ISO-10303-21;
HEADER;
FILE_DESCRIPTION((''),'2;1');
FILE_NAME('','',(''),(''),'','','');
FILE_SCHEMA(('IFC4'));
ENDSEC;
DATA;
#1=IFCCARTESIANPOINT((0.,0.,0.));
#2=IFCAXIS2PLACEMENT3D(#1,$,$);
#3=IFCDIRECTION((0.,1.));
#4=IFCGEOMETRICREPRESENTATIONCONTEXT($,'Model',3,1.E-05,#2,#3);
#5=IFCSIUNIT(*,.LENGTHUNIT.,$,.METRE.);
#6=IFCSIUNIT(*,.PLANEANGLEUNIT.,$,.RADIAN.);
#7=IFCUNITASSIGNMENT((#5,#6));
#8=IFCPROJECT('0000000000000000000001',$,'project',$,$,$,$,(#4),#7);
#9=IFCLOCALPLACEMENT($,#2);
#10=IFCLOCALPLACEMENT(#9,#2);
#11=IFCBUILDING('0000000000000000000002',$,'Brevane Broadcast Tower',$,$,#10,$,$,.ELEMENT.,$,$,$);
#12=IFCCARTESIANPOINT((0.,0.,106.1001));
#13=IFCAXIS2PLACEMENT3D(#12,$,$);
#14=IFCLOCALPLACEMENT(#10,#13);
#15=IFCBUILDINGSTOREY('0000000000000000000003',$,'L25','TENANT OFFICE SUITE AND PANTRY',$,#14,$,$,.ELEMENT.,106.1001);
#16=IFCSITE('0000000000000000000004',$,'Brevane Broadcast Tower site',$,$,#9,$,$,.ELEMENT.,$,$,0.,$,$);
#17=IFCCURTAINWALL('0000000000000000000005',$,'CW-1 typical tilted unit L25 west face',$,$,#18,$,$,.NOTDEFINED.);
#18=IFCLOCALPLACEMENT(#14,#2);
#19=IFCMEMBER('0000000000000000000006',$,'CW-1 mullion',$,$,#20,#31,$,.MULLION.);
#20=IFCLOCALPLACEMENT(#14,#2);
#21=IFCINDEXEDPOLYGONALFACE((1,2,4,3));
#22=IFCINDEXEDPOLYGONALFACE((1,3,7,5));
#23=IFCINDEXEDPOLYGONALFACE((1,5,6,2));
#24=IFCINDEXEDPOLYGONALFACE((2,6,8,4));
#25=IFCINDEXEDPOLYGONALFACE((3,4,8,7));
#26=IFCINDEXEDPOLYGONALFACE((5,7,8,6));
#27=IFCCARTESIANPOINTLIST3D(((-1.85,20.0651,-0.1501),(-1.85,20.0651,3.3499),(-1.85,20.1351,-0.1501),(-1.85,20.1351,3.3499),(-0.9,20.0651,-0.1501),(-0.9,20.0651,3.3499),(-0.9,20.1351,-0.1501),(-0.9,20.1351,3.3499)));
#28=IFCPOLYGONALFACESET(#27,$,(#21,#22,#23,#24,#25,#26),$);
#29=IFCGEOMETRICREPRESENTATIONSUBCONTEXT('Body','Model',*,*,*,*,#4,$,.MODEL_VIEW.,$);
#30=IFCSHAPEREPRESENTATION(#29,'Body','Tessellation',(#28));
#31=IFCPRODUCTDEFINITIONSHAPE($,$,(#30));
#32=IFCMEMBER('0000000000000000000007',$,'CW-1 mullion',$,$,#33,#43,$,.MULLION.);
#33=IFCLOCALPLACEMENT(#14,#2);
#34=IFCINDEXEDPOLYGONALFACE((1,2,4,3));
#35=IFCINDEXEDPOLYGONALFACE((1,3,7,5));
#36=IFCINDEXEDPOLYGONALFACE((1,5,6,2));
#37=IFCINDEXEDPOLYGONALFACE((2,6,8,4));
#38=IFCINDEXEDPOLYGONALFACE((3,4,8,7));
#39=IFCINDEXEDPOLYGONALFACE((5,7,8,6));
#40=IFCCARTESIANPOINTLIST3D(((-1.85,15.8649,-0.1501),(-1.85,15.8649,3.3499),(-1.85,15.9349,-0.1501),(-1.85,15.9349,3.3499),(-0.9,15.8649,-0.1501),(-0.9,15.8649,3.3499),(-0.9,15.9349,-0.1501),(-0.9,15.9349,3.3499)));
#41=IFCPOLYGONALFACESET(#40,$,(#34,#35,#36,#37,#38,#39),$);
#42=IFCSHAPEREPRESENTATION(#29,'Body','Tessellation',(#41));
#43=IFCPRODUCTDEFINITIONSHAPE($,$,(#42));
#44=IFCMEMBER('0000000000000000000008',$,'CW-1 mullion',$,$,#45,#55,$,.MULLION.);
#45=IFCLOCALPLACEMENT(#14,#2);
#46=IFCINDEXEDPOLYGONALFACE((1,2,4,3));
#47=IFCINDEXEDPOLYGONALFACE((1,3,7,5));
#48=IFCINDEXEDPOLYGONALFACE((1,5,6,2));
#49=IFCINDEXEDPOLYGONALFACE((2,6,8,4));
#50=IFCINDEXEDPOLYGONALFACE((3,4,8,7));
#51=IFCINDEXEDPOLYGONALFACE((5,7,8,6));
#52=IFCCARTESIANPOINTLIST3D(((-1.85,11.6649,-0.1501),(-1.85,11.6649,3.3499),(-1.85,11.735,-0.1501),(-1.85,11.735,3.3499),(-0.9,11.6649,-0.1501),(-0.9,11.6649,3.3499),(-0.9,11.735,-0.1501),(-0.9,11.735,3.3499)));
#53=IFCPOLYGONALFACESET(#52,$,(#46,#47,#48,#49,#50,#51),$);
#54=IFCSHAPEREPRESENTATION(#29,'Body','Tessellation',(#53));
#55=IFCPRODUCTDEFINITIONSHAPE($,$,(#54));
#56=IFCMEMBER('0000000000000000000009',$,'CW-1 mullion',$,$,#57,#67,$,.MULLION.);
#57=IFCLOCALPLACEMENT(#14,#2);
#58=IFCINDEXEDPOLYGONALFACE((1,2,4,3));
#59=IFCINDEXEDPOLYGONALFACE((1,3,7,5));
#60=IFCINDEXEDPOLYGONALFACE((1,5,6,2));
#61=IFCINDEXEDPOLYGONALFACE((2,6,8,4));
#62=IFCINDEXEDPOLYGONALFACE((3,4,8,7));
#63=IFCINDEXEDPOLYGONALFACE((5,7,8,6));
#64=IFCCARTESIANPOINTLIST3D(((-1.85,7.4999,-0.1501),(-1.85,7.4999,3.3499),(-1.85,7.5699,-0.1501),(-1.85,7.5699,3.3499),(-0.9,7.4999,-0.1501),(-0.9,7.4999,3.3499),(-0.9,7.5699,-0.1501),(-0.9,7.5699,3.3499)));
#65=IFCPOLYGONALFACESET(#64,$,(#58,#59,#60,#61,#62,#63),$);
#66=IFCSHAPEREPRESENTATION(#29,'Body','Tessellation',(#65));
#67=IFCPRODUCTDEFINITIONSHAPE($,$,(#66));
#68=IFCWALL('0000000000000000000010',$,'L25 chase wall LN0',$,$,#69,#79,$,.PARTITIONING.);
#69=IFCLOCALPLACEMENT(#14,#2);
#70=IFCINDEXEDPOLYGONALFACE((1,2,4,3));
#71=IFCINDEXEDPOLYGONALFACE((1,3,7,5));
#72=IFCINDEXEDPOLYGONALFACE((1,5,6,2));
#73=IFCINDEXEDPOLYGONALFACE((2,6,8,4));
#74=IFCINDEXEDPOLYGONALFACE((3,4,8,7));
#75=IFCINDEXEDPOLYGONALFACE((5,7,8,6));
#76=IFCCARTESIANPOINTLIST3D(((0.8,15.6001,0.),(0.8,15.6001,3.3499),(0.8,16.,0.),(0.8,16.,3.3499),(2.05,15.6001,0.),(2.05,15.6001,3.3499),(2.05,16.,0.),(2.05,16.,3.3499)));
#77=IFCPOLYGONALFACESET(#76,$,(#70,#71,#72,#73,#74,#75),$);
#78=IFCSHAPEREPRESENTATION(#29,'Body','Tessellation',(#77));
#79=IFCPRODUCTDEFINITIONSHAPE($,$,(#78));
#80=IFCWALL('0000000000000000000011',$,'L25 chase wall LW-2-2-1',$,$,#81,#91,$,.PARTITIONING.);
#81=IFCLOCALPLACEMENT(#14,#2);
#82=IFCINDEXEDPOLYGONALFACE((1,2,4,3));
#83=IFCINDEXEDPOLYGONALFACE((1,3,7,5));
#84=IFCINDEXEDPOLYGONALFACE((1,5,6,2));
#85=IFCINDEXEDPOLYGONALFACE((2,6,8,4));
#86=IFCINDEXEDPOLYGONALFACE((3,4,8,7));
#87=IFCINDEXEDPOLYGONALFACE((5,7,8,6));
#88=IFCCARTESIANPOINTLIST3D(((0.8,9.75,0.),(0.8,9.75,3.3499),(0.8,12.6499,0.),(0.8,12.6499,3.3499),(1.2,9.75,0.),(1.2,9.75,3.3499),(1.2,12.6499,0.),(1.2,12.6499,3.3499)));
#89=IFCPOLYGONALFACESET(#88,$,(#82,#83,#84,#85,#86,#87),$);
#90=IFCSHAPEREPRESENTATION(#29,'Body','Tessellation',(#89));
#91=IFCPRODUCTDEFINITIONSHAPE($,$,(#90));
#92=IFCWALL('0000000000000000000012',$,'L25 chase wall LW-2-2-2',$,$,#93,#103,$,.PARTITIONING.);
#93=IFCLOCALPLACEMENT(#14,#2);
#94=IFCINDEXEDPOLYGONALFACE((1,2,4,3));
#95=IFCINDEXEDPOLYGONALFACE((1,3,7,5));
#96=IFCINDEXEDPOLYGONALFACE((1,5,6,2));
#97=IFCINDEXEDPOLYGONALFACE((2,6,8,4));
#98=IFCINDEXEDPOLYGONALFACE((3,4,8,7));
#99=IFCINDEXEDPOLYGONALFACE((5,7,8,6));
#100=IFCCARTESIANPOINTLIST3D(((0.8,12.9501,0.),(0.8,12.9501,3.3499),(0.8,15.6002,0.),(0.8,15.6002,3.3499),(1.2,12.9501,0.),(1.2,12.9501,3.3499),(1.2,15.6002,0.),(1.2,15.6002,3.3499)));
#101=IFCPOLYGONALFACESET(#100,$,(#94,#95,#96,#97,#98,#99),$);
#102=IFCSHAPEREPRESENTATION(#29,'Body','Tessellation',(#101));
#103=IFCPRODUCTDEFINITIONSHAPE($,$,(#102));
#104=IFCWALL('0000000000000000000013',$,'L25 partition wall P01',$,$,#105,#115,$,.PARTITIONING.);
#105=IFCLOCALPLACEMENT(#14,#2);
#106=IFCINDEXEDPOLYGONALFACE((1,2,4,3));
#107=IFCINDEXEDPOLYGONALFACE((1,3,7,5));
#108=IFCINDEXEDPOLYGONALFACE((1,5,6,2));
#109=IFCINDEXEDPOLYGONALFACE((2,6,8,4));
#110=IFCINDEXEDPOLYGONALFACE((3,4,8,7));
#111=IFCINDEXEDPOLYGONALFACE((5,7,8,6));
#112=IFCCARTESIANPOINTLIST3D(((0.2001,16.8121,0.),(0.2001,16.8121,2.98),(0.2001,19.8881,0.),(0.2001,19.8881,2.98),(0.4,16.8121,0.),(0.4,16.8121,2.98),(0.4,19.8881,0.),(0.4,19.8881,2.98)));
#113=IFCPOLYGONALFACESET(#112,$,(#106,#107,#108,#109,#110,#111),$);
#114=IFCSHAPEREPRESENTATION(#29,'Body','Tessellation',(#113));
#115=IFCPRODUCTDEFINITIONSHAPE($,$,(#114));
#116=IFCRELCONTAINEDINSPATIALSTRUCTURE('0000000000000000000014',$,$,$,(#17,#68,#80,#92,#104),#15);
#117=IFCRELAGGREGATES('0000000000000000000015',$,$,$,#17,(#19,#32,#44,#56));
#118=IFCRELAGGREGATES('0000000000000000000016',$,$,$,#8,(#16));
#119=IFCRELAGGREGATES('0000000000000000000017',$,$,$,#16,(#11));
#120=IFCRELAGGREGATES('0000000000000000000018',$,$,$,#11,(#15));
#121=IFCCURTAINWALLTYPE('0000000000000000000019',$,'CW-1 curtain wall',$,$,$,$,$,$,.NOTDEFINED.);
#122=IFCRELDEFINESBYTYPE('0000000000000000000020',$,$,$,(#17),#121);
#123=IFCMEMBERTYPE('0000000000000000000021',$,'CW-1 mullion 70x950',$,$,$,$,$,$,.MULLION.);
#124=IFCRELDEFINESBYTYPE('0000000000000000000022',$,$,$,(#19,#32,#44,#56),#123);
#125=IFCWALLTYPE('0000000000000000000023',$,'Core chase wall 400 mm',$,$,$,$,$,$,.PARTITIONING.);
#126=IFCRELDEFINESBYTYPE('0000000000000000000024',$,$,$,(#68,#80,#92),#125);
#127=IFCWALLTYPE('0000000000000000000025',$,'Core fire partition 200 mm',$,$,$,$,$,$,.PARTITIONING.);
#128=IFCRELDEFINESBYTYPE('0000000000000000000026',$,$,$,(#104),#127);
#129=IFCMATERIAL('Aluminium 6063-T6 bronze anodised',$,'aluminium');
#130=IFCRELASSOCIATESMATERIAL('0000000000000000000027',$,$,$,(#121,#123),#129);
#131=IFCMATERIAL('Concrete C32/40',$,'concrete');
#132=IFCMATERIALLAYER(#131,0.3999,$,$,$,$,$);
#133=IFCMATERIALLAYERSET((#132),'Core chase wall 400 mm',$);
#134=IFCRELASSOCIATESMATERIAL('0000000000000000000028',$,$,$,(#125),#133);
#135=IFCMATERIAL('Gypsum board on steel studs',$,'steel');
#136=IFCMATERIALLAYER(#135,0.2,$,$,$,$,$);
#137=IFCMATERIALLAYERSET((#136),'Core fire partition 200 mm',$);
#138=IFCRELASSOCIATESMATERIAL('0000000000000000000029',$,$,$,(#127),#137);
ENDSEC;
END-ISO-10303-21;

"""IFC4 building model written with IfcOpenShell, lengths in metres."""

from ifc_helpers import new_model, si_unit, direction, frame, frame_2d, origin, origin_2d, place, context, subcontext, project, spatial, rectangle, extrude, material, layer, layer_set, material_profile, profile_set, type_object, element, aggregate, save


model = new_model("IFC4")

# Units and contexts
model_context = context("Model", 3, precision=1e-05, world=origin(), true_north=direction((0.0, 1.0)))
body_context = subcontext(model_context, "Body", "Model", "MODEL_VIEW")
ifc_project = project(units=[si_unit("LENGTHUNIT", "METRE"), si_unit("PLANEANGLEUNIT", "RADIAN")], contexts=[model_context])

# Site, building, storey
site_placement = place(None, origin())
site = spatial("IfcSite", under=ifc_project, at=site_placement, Name="Brevane Broadcast Tower site", CompositionType="ELEMENT", RefElevation=0.0)
building_placement = place(site_placement, origin())
building = spatial("IfcBuilding", under=site, at=building_placement, Name="Brevane Broadcast Tower", CompositionType="ELEMENT")
storey_placement = place(building_placement, frame((0.0, 0.0, 106.1001)))
storey = spatial("IfcBuildingStorey", under=building, at=storey_placement, Name="L25", Description="TENANT OFFICE SUITE AND PANTRY", CompositionType="ELEMENT", Elevation=106.1001)

# Curtain wall, members
ifc_material_1 = material(Name="Aluminium 6063-T6 bronze anodised", Category="aluminium")
curtain_wall_type = type_object("IfcCurtainWallType", Name="CW-1 curtain wall", PredefinedType="NOTDEFINED", material=ifc_material_1)
curtain_wall_placement = place(storey_placement, origin())
curtain_wall = element("IfcCurtainWall", 1, at=curtain_wall_placement, inside=storey, type_object=curtain_wall_type, Name="CW-1 typical tilted unit L25 west face", PredefinedType="NOTDEFINED")
ifc_material_profile = material_profile(ifc_material_1, rectangle(XDim=0.95, YDim=0.0701, at=origin_2d()), Name="RECT 70x950")
ifc_profile_set = profile_set([ifc_material_profile], Name="Aluminium 6063-T6 bronze anodised")
member_type = type_object("IfcMemberType", Name="CW-1 mullion 70x950", PredefinedType="MULLION", material=ifc_profile_set)
member_1_placement = place(storey_placement, frame((-1.375, 20.1001, -0.1501), z_axis=(0.0, 0.0, 1.0), x_axis=(1.0, 0.0, 0.0)))
member_1 = element("IfcMember", 2, at=member_1_placement, type_object=member_type, Name="CW-1 mullion", PredefinedType="MULLION", context=body_context, shape_type="SweptSolid", body=[
    extrude(rectangle(XDim=0.95, YDim=0.0701, at=origin_2d()), origin(), (0.0, 0.0, 1.0), 3.5),
])
member_2_placement = place(storey_placement, frame((-1.375, 15.8999, -0.1501), z_axis=(0.0, 0.0, 1.0), x_axis=(1.0, 0.0, 0.0)))
member_2 = element("IfcMember", 3, at=member_2_placement, type_object=member_type, Name="CW-1 mullion", PredefinedType="MULLION", context=body_context, shape_type="SweptSolid", body=[
    extrude(rectangle(XDim=0.95, YDim=0.0701, at=origin_2d()), origin(), (0.0, 0.0, 1.0), 3.5),
])
member_3_placement = place(storey_placement, frame((-1.375, 11.7, -0.1501), z_axis=(0.0, 0.0, 1.0), x_axis=(1.0, 0.0, 0.0)))
member_3 = element("IfcMember", 4, at=member_3_placement, type_object=member_type, Name="CW-1 mullion", PredefinedType="MULLION", context=body_context, shape_type="SweptSolid", body=[
    extrude(rectangle(XDim=0.95, YDim=0.0701, at=origin_2d()), origin(), (0.0, 0.0, 1.0), 3.5),
])
member_4_placement = place(storey_placement, frame((-1.375, 7.5349, -0.1501), z_axis=(0.0, 0.0, 1.0), x_axis=(1.0, 0.0, 0.0)))
member_4 = element("IfcMember", 5, at=member_4_placement, type_object=member_type, Name="CW-1 mullion", PredefinedType="MULLION", context=body_context, shape_type="SweptSolid", body=[
    extrude(rectangle(XDim=0.95, YDim=0.0701, at=origin_2d()), origin(), (0.0, 0.0, 1.0), 3.5),
])
aggregate(curtain_wall, [member_1, member_2, member_3, member_4])

# Walls
ifc_material_2 = material(Name="Concrete C32/40", Category="concrete")
ifc_layer_1 = layer(ifc_material_2, 0.3999)
ifc_layer_set_1 = layer_set([ifc_layer_1], Name="Core chase wall 400 mm")
wall_type_1 = type_object("IfcWallType", Name="Core chase wall 400 mm", PredefinedType="PARTITIONING", material=ifc_layer_set_1)
wall_1_placement = place(storey_placement, frame((0.8, 15.8, 0.0), z_axis=(0.0, 0.0, 1.0), x_axis=(1.0, 0.0, 0.0)))
element("IfcWall", 6, at=wall_1_placement, inside=storey, type_object=wall_type_1, Name="L25 chase wall LN0", PredefinedType="PARTITIONING", context=body_context, shape_type="SweptSolid", body=[
    extrude(rectangle(XDim=1.25, YDim=0.3999, at=frame_2d((0.625, 0.0))), origin(), (0.0, 0.0, 1.0), 3.3499),
])
wall_2_placement = place(storey_placement, frame((1.0, 9.75, 0.0), z_axis=(0.0, 0.0, 1.0), x_axis=(0.0, 1.0, 0.0)))
element("IfcWall", 7, at=wall_2_placement, inside=storey, type_object=wall_type_1, Name="L25 chase wall LW-2-2-1", PredefinedType="PARTITIONING", context=body_context, shape_type="SweptSolid", body=[
    extrude(rectangle(XDim=2.8999, YDim=0.3999, at=frame_2d((1.45, 0.0))), origin(), (0.0, 0.0, 1.0), 3.3499),
])
wall_3_placement = place(storey_placement, frame((1.0, 12.95, 0.0), z_axis=(0.0, 0.0, 1.0), x_axis=(0.0, 1.0, 0.0)))
element("IfcWall", 8, at=wall_3_placement, inside=storey, type_object=wall_type_1, Name="L25 chase wall LW-2-2-2", PredefinedType="PARTITIONING", context=body_context, shape_type="SweptSolid", body=[
    extrude(rectangle(XDim=2.6501, YDim=0.3999, at=frame_2d((1.3252, 0.0))), origin(), (0.0, 0.0, 1.0), 3.3499),
])
ifc_material_3 = material(Name="Gypsum board on steel studs", Category="steel")
ifc_layer_2 = layer(ifc_material_3, 0.2)
ifc_layer_set_2 = layer_set([ifc_layer_2], Name="Core fire partition 200 mm")
wall_type_2 = type_object("IfcWallType", Name="Core fire partition 200 mm", PredefinedType="PARTITIONING", material=ifc_layer_set_2)
wall_4_placement = place(storey_placement, frame((0.3, 16.812, 0.0), z_axis=(0.0, 0.0, 1.0), x_axis=(0.0, 1.0, 0.0)))
element("IfcWall", 9, at=wall_4_placement, inside=storey, type_object=wall_type_2, Name="L25 partition wall P01", PredefinedType="PARTITIONING", context=body_context, shape_type="SweptSolid", body=[
    extrude(rectangle(XDim=3.0759, YDim=0.2, at=frame_2d((1.5381, 0.0))), origin(), (0.0, 0.0, 1.0), 2.98),
])

save(model, "model.ifc")
